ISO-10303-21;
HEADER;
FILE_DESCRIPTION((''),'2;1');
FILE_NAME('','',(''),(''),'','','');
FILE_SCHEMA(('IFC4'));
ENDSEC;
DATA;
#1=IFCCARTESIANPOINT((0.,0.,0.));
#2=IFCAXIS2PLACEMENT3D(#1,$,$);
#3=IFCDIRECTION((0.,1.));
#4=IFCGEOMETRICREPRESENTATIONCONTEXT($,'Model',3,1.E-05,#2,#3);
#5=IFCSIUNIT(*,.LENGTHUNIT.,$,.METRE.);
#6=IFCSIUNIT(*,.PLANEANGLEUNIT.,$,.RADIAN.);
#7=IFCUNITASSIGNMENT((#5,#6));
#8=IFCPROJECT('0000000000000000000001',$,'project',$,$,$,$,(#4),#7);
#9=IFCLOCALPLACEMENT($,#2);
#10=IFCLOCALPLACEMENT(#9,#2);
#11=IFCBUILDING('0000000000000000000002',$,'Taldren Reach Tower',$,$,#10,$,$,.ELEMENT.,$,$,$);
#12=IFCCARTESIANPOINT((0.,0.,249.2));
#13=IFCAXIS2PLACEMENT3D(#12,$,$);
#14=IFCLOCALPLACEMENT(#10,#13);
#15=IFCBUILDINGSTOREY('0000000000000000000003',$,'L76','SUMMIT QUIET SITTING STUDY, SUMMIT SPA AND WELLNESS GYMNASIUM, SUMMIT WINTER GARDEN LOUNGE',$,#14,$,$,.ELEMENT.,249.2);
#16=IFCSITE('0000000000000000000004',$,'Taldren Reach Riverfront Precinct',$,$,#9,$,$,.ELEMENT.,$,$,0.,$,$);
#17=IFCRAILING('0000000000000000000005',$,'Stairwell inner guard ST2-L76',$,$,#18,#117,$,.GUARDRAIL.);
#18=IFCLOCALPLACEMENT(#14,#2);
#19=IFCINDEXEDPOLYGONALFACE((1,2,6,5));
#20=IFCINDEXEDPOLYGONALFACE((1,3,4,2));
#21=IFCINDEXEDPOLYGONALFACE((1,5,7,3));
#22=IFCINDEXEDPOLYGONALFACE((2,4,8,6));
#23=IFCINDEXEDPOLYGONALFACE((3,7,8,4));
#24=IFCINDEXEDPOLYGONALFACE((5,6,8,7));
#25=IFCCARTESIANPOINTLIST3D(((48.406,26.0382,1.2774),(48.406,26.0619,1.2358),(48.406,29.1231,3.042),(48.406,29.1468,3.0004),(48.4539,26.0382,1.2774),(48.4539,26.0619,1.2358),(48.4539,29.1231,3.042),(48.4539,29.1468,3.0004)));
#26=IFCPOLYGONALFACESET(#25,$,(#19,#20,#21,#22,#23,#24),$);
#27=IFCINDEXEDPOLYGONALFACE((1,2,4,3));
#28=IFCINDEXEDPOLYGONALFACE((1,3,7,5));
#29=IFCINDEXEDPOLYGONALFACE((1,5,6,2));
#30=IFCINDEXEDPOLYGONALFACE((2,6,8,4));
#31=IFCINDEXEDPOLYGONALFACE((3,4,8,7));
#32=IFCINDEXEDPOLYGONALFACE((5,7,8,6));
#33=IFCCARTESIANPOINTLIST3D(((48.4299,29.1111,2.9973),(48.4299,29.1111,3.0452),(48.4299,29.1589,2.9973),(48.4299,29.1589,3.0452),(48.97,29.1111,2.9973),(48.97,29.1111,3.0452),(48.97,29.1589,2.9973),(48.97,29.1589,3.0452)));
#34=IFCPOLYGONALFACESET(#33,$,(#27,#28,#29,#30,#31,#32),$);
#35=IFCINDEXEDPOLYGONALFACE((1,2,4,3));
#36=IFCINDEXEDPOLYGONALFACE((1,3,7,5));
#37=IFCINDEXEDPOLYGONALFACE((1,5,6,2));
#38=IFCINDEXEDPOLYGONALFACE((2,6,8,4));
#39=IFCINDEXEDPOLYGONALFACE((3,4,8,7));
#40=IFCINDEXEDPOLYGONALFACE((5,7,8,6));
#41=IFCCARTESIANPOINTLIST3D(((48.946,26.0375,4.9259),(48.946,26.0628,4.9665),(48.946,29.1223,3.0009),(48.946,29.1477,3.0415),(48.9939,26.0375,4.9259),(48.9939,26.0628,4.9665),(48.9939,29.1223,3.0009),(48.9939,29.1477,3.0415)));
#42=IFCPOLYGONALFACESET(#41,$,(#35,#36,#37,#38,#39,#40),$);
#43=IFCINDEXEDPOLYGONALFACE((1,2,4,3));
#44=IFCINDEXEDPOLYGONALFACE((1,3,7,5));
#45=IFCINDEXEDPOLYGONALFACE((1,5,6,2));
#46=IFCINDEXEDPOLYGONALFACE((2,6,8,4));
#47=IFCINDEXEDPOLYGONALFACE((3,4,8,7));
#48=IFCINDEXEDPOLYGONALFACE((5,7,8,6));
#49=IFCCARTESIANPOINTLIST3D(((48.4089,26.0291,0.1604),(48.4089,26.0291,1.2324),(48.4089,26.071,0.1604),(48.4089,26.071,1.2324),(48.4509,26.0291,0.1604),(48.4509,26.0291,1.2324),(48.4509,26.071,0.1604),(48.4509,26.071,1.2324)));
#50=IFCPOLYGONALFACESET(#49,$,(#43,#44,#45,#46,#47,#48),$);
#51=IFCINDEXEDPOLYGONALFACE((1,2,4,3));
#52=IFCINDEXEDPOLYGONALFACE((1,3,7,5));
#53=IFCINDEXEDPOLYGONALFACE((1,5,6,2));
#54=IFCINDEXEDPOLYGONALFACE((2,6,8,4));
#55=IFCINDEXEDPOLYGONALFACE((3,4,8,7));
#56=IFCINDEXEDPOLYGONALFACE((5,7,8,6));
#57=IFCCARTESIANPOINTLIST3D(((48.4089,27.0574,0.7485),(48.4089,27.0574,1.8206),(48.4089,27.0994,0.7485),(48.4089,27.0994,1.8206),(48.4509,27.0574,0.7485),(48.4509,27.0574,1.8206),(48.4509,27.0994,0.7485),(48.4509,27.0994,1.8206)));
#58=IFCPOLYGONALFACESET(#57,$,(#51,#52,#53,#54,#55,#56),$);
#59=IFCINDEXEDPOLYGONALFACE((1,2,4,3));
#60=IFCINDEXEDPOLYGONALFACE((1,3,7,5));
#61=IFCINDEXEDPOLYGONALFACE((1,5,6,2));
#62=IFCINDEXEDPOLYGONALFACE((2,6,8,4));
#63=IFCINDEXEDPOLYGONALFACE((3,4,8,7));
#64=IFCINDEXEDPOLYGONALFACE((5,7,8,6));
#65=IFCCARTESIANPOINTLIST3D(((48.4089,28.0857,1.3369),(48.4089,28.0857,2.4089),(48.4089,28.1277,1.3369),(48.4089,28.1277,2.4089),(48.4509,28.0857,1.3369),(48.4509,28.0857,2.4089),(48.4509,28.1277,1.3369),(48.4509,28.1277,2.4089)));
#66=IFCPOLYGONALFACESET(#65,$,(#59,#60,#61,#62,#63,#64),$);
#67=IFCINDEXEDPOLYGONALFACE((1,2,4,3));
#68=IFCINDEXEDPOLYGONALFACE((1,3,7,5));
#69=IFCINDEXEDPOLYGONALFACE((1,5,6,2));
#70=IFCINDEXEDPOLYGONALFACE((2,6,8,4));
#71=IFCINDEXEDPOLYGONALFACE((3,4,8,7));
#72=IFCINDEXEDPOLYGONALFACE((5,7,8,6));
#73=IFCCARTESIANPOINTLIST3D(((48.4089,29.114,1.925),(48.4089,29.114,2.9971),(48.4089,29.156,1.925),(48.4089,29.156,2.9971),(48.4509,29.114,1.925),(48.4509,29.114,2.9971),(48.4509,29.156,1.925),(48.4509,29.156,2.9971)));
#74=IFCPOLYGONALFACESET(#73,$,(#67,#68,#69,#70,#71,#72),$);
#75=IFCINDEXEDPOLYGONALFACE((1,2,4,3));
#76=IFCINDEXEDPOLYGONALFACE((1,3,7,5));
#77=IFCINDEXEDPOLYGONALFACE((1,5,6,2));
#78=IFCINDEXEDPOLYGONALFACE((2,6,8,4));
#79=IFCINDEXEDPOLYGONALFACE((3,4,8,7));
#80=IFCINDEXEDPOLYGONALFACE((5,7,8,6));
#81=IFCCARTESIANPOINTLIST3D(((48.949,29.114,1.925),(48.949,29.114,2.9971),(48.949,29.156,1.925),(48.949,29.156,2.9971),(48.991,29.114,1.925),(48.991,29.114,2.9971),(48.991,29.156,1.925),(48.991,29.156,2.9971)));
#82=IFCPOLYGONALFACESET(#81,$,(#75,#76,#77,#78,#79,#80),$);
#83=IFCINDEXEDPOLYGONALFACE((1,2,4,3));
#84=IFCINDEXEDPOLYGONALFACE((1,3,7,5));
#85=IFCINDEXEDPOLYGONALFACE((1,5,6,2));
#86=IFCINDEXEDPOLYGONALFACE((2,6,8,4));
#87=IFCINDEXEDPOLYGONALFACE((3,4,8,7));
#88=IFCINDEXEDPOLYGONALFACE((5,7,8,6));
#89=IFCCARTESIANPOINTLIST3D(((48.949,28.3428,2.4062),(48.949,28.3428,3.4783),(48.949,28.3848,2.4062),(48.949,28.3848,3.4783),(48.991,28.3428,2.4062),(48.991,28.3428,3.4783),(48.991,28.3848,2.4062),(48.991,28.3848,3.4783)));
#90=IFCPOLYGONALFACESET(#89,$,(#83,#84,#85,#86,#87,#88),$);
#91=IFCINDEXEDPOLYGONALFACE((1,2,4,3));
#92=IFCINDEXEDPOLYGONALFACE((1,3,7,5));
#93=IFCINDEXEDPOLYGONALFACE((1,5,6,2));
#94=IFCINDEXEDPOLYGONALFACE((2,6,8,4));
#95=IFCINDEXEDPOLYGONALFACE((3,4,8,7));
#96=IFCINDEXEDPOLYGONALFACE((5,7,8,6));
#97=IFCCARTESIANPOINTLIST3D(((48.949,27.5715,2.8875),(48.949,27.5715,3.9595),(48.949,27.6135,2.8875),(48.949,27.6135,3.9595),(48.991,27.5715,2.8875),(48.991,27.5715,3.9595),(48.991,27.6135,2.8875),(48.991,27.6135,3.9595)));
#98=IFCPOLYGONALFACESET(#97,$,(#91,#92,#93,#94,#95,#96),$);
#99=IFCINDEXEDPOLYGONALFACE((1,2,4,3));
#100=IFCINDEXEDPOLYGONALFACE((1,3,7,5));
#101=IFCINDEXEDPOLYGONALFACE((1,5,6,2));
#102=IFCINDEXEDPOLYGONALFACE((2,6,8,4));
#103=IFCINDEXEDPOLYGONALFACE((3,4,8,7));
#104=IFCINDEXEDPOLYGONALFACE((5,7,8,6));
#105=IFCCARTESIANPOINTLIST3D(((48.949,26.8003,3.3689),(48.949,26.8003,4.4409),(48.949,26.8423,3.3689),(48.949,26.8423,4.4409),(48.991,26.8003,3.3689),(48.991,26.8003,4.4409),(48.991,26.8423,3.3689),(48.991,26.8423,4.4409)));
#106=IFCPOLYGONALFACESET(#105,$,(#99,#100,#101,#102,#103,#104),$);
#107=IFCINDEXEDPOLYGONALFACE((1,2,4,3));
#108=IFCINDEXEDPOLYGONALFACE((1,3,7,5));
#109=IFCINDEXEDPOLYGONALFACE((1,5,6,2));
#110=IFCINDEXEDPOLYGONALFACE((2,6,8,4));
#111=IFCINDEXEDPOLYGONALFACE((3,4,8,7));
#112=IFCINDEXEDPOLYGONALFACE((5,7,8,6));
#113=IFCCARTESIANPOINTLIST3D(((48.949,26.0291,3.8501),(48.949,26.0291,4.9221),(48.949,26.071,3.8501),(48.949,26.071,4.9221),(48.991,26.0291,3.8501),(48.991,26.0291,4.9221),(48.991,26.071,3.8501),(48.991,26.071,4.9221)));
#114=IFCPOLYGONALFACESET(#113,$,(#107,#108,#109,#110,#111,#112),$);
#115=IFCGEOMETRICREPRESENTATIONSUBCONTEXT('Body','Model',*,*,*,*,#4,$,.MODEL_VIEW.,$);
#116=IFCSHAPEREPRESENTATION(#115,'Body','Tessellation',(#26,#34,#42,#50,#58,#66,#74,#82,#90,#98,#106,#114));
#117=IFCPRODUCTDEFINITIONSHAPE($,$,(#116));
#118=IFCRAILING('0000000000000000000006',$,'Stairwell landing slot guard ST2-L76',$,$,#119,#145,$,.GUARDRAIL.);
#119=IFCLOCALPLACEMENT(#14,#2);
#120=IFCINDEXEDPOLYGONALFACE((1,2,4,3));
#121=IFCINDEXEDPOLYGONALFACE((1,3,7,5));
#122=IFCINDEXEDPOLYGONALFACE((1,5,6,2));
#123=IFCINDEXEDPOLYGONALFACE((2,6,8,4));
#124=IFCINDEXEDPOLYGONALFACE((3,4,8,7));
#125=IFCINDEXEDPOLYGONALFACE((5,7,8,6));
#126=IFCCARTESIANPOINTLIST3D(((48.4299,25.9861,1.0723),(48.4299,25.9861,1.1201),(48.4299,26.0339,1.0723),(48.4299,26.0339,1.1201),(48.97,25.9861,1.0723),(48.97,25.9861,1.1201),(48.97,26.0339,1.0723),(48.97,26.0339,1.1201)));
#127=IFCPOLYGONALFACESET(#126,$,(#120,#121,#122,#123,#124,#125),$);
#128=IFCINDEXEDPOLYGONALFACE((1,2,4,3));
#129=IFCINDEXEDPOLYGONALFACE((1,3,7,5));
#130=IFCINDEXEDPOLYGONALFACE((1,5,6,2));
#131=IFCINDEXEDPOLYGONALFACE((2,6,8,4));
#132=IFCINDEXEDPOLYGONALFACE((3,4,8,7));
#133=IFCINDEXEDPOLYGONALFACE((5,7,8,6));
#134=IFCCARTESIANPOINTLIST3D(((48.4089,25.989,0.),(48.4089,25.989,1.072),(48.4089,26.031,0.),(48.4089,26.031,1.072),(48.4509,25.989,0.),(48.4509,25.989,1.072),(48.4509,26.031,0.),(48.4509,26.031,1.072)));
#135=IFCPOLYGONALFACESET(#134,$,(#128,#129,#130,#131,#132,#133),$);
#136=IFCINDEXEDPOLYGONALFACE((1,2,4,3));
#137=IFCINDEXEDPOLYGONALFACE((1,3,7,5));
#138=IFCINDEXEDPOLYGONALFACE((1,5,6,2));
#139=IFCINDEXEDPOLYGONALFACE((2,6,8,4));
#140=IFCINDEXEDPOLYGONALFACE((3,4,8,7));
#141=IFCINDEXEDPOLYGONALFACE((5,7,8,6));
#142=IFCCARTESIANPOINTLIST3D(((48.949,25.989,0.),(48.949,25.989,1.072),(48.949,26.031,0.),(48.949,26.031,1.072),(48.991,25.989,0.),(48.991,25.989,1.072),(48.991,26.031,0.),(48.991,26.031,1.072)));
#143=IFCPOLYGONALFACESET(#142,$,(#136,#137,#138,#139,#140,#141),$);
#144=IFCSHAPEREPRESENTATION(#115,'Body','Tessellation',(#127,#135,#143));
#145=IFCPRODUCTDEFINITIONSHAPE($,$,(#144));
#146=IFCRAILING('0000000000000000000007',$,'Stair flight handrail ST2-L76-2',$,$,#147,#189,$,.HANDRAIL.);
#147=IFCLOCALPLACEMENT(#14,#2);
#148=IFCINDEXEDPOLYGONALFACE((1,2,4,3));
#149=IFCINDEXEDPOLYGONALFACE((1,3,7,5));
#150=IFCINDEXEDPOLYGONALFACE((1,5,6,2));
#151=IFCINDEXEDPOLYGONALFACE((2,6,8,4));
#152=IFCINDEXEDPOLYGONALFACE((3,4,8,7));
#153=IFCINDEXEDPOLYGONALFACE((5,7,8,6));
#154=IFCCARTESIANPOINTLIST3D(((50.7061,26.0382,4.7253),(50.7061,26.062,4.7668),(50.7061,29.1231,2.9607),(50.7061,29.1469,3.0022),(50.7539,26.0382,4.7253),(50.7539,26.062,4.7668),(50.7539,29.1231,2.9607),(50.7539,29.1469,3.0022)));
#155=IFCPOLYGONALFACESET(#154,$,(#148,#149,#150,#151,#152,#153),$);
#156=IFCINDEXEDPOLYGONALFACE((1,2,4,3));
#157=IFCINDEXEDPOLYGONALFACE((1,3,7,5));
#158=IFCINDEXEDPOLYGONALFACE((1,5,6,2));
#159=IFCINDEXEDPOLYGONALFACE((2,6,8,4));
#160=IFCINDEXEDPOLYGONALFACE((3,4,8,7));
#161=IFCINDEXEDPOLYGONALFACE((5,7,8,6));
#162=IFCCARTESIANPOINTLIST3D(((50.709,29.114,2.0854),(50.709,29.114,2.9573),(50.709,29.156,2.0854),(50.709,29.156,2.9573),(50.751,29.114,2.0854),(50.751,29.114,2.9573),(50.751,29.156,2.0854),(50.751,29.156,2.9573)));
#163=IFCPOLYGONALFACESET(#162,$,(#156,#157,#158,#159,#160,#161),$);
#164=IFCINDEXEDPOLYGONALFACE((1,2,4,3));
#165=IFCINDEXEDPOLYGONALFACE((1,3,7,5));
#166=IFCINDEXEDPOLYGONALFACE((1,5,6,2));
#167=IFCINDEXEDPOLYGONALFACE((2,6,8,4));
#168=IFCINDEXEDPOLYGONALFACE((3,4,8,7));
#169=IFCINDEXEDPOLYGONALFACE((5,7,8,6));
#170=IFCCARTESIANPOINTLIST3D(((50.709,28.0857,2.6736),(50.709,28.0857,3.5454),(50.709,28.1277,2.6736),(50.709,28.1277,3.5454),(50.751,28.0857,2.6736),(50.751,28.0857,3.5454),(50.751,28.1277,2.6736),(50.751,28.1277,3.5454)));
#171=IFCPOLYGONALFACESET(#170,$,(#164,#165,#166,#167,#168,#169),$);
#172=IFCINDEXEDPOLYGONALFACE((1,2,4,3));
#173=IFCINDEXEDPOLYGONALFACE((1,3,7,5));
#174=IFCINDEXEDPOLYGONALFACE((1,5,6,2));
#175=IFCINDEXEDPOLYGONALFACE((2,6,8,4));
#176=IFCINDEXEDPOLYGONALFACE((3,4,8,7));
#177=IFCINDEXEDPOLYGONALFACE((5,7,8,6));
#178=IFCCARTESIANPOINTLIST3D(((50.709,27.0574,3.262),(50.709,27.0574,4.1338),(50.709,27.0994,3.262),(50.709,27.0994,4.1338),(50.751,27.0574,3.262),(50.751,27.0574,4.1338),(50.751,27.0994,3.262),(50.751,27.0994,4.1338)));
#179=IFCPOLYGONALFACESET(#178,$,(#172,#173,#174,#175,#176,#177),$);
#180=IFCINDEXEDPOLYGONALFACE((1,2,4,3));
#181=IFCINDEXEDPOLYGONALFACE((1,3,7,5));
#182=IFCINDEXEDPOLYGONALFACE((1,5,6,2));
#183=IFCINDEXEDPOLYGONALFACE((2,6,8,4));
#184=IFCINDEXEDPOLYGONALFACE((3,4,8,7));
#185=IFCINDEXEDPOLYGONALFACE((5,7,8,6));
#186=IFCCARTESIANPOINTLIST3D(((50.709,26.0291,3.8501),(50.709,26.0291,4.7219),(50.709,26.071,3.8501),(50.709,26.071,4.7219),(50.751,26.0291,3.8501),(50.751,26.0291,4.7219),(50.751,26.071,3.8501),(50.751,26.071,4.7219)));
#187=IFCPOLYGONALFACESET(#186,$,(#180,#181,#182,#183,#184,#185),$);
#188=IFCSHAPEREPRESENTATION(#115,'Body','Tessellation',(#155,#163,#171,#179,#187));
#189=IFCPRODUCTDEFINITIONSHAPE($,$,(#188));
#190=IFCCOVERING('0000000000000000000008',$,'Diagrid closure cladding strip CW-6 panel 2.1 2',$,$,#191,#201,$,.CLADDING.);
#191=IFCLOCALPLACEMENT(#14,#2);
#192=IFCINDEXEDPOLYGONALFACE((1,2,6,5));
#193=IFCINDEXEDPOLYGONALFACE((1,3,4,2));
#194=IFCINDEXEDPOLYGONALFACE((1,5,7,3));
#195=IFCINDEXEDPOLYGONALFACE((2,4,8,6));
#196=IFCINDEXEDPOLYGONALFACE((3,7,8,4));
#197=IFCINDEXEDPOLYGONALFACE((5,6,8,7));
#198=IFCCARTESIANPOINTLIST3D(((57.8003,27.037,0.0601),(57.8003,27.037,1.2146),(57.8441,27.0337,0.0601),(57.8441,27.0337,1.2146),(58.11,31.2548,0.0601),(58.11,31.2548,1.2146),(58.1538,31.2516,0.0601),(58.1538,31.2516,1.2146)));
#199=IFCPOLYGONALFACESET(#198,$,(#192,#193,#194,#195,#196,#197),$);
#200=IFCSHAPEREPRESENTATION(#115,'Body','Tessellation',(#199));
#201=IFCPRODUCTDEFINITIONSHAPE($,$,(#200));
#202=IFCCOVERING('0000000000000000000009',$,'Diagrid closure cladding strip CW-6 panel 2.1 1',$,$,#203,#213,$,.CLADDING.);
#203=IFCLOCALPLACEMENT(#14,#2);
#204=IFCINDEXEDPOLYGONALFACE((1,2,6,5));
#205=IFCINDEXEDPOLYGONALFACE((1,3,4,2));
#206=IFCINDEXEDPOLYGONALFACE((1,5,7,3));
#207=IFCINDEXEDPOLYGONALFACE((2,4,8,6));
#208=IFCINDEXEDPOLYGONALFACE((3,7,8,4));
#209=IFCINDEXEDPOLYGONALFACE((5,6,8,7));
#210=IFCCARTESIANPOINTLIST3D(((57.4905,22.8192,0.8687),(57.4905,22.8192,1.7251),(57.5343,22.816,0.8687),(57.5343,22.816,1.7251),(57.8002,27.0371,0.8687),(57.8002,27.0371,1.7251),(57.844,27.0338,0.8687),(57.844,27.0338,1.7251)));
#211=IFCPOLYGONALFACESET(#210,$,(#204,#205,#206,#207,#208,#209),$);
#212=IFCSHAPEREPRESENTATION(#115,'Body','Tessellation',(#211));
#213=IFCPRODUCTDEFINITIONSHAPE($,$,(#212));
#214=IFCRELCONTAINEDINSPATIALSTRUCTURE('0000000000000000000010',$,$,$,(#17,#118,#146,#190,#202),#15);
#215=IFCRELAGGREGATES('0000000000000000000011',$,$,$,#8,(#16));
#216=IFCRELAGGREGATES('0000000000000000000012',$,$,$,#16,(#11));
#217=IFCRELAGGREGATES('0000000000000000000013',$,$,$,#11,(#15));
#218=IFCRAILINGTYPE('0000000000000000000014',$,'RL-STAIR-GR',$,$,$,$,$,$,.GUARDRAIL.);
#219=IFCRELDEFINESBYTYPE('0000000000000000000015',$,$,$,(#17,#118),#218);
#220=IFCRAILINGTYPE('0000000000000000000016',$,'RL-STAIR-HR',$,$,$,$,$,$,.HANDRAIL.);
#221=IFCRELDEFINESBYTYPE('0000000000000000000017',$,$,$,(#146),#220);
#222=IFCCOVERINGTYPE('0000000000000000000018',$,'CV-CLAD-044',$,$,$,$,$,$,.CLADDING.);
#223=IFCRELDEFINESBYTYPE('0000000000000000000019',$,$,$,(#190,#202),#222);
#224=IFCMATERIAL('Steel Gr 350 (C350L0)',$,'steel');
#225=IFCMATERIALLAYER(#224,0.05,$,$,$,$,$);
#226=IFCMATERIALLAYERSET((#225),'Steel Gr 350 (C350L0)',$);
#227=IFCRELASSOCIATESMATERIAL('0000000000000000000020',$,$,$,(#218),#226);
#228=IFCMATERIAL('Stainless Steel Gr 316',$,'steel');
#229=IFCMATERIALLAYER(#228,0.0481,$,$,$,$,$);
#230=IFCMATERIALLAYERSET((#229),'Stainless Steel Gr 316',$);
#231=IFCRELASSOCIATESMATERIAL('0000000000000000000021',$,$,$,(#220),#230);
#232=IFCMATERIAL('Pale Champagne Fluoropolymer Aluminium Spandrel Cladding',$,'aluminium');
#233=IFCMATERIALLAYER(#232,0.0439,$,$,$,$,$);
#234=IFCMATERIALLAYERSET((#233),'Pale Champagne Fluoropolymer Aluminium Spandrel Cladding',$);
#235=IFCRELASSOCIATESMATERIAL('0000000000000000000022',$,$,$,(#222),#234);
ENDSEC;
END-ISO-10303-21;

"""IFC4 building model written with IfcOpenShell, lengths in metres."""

from ifc_helpers import new_model, si_unit, direction, frame, origin, origin_2d, place, context, subcontext, project, spatial, rectangle, extrude, source, transform, mapped, material, layer, layer_set, type_object, element, save


model = new_model("IFC4")

# Units and contexts
model_context = context("Model", 3, precision=1e-05, world=origin(), true_north=direction((0.0, 1.0)))
body_context = subcontext(model_context, "Body", "Model", "MODEL_VIEW")
ifc_project = project(units=[si_unit("LENGTHUNIT", "METRE"), si_unit("PLANEANGLEUNIT", "RADIAN")], contexts=[model_context])

# Site, building, storey
site_placement = place(None, origin())
site = spatial("IfcSite", under=ifc_project, at=site_placement, Name="Taldren Reach Riverfront Precinct", CompositionType="ELEMENT", RefElevation=0.0)
building_placement = place(site_placement, origin())
building = spatial("IfcBuilding", under=site, at=building_placement, Name="Taldren Reach Tower", CompositionType="ELEMENT")
storey_placement = place(building_placement, frame((0.0, 0.0, 249.2)))
storey = spatial("IfcBuildingStorey", under=building, at=storey_placement, Name="L76", Description="SUMMIT QUIET SITTING STUDY, SUMMIT SPA AND WELLNESS GYMNASIUM, SUMMIT WINTER GARDEN LOUNGE", CompositionType="ELEMENT", Elevation=249.2)

# Shared definitions
ifc_material_1 = material(Name="Steel Gr 350 (C350L0)", Category="steel")

# Railings
ifc_layer_1 = layer(ifc_material_1, 0.05)
ifc_layer_set_1 = layer_set([ifc_layer_1], Name="Steel Gr 350 (C350L0)")
railing_type_1 = type_object("IfcRailingType", Name="RL-STAIR-GR", PredefinedType="GUARDRAIL", material=ifc_layer_set_1)
railing_1_placement = place(storey_placement, frame((48.4299, 26.05, 0.1604)))
element("IfcRailing", 1, at=railing_1_placement, inside=storey, type_object=railing_type_1, Name="Stairwell inner guard ST2-L76", PredefinedType="GUARDRAIL", context=body_context, shape_type="SweptSolid", body=[
    extrude(rectangle(XDim=0.0479, YDim=0.0479, at=origin_2d()), frame((0.0, 0.0, 1.0962), z_axis=(0.0, 0.868023, 0.496524), x_axis=(-1.0, 0.0, 0.0)), (0.0, 0.0, 1.0), 3.554),
    extrude(rectangle(XDim=0.0479, YDim=0.0479, at=origin_2d()), frame((0.0, 3.085, 2.8608), z_axis=(1.0, 0.0, 0.0), x_axis=(0.0, 1.0, 0.0)), (0.0, 0.0, 1.0), 0.54),
    extrude(rectangle(XDim=0.0479, YDim=0.0479, at=origin_2d()), frame((0.54, 3.085, 2.8608), z_axis=(0.0, -0.848375, 0.529395), x_axis=(1.0, 0.0, 0.0)), (0.0, 0.0, 1.0), 3.6362),
    extrude(rectangle(XDim=0.042, YDim=0.042, at=origin_2d()), origin(), (0.0, 0.0, 1.0), 1.072),
    extrude(rectangle(XDim=0.042, YDim=0.042, at=origin_2d()), frame((0.0, 1.0283, 0.5881)), (0.0, 0.0, 1.0), 1.072),
    extrude(rectangle(XDim=0.042, YDim=0.042, at=origin_2d()), frame((0.0, 2.0566, 1.1765)), (0.0, 0.0, 1.0), 1.072),
    extrude(rectangle(XDim=0.042, YDim=0.042, at=origin_2d()), frame((0.0, 3.085, 1.7646)), (0.0, 0.0, 1.0), 1.072),
    extrude(rectangle(XDim=0.042, YDim=0.042, at=origin_2d()), frame((0.54, 3.085, 1.7646)), (0.0, 0.0, 1.0), 1.072),
    extrude(rectangle(XDim=0.042, YDim=0.042, at=origin_2d()), frame((0.54, 2.3137, 2.2458)), (0.0, 0.0, 1.0), 1.072),
    extrude(rectangle(XDim=0.042, YDim=0.042, at=origin_2d()), frame((0.54, 1.5425, 2.7271)), (0.0, 0.0, 1.0), 1.072),
    extrude(rectangle(XDim=0.042, YDim=0.042, at=origin_2d()), frame((0.54, 0.7712, 3.2085)), (0.0, 0.0, 1.0), 1.072),
    extrude(rectangle(XDim=0.042, YDim=0.042, at=origin_2d()), frame((0.54, 0.0, 3.6897)), (0.0, 0.0, 1.0), 1.072),
])
railing_2_placement = place(storey_placement, frame((48.4299, 26.01, 0.0)))
element("IfcRailing", 2, at=railing_2_placement, inside=storey, type_object=railing_type_1, Name="Stairwell landing slot guard ST2-L76", PredefinedType="GUARDRAIL", context=body_context, shape_type="SweptSolid", body=[
    extrude(rectangle(XDim=0.0479, YDim=0.0479, at=origin_2d()), frame((0.0, 0.0, 1.0962), z_axis=(1.0, 0.0, 0.0), x_axis=(0.0, 1.0, 0.0)), (0.0, 0.0, 1.0), 0.54),
    extrude(rectangle(XDim=0.042, YDim=0.042, at=origin_2d()), origin(), (0.0, 0.0, 1.0), 1.072),
    extrude(rectangle(XDim=0.042, YDim=0.042, at=origin_2d()), frame((0.54, 0.0, 0.0)), (0.0, 0.0, 1.0), 1.072),
])
ifc_material_2 = material(Name="Stainless Steel Gr 316", Category="steel")
ifc_layer_2 = layer(ifc_material_2, 0.0481)
ifc_layer_set_2 = layer_set([ifc_layer_2], Name="Stainless Steel Gr 316")
railing_type_2 = type_object("IfcRailingType", Name="RL-STAIR-HR", PredefinedType="HANDRAIL", material=ifc_layer_set_2)
railing_3_placement = place(storey_placement, frame((50.73, 29.135, 2.0854)))
element("IfcRailing", 3, at=railing_3_placement, inside=storey, type_object=railing_type_2, Name="Stair flight handrail ST2-L76-2", PredefinedType="HANDRAIL", context=body_context, shape_type="SweptSolid", body=[
    extrude(rectangle(XDim=0.0479, YDim=0.0479, at=origin_2d()), frame((0.0, 0.0, 0.896), z_axis=(0.0, -0.868023, 0.496524), x_axis=(1.0, 0.0, 0.0)), (0.0, 0.0, 1.0), 3.554),
    extrude(rectangle(XDim=0.042, YDim=0.042, at=origin_2d()), origin(), (0.0, 0.0, 1.0), 0.8718),
    extrude(rectangle(XDim=0.042, YDim=0.042, at=origin_2d()), frame((0.0, -1.0283, 0.5881)), (0.0, 0.0, 1.0), 0.8718),
    extrude(rectangle(XDim=0.042, YDim=0.042, at=origin_2d()), frame((0.0, -2.0566, 1.1765)), (0.0, 0.0, 1.0), 0.8718),
    extrude(rectangle(XDim=0.042, YDim=0.042, at=origin_2d()), frame((0.0, -3.085, 1.7646)), (0.0, 0.0, 1.0), 0.8718),
])

# Coverings
ifc_material_3 = material(Name="Pale Champagne Fluoropolymer Aluminium Spandrel Cladding", Category="aluminium")
ifc_layer_3 = layer(ifc_material_3, 0.0439)
ifc_layer_set_3 = layer_set([ifc_layer_3], Name="Pale Champagne Fluoropolymer Aluminium Spandrel Cladding")
covering_type = type_object("IfcCoveringType", Name="CV-CLAD-044", PredefinedType="CLADDING", material=ifc_layer_set_3)
shared_shape_1 = source(origin(), body_context, "Body", "SweptSolid", [
    extrude(rectangle(XDim=4.2292, YDim=0.0439, at=origin_2d()), origin(), (0.0, 0.0, 1.0), 1.1545),
])
covering_1_placement = place(storey_placement, frame((57.9771, 29.1443, 0.0601), z_axis=(0.0, 0.0, 1.0), x_axis=(0.073238, 0.997314, 0.0)))
element("IfcCovering", 4, at=covering_1_placement, inside=storey, type_object=covering_type, Name="Diagrid closure cladding strip CW-6 panel 2.1 2", PredefinedType="CLADDING", context=body_context, shape_type="MappedRepresentation", body=[
    mapped(shared_shape_1, transform((0.0, 0.0, 0.0), scale=1.0)),
])
shared_shape_2 = source(origin(), body_context, "Body", "SweptSolid", [
    extrude(rectangle(XDim=4.2292, YDim=0.0439, at=origin_2d()), origin(), (0.0, 0.0, 1.0), 0.8564),
])
covering_2_placement = place(storey_placement, frame((57.6672, 24.9265, 0.8687), z_axis=(0.0, 0.0, 1.0), x_axis=(0.073238, 0.997314, 0.0)))
element("IfcCovering", 5, at=covering_2_placement, inside=storey, type_object=covering_type, Name="Diagrid closure cladding strip CW-6 panel 2.1 1", PredefinedType="CLADDING", context=body_context, shape_type="MappedRepresentation", body=[
    mapped(shared_shape_2, transform((0.0, 0.0, 0.0), scale=1.0)),
])

save(model, "model.ifc")
